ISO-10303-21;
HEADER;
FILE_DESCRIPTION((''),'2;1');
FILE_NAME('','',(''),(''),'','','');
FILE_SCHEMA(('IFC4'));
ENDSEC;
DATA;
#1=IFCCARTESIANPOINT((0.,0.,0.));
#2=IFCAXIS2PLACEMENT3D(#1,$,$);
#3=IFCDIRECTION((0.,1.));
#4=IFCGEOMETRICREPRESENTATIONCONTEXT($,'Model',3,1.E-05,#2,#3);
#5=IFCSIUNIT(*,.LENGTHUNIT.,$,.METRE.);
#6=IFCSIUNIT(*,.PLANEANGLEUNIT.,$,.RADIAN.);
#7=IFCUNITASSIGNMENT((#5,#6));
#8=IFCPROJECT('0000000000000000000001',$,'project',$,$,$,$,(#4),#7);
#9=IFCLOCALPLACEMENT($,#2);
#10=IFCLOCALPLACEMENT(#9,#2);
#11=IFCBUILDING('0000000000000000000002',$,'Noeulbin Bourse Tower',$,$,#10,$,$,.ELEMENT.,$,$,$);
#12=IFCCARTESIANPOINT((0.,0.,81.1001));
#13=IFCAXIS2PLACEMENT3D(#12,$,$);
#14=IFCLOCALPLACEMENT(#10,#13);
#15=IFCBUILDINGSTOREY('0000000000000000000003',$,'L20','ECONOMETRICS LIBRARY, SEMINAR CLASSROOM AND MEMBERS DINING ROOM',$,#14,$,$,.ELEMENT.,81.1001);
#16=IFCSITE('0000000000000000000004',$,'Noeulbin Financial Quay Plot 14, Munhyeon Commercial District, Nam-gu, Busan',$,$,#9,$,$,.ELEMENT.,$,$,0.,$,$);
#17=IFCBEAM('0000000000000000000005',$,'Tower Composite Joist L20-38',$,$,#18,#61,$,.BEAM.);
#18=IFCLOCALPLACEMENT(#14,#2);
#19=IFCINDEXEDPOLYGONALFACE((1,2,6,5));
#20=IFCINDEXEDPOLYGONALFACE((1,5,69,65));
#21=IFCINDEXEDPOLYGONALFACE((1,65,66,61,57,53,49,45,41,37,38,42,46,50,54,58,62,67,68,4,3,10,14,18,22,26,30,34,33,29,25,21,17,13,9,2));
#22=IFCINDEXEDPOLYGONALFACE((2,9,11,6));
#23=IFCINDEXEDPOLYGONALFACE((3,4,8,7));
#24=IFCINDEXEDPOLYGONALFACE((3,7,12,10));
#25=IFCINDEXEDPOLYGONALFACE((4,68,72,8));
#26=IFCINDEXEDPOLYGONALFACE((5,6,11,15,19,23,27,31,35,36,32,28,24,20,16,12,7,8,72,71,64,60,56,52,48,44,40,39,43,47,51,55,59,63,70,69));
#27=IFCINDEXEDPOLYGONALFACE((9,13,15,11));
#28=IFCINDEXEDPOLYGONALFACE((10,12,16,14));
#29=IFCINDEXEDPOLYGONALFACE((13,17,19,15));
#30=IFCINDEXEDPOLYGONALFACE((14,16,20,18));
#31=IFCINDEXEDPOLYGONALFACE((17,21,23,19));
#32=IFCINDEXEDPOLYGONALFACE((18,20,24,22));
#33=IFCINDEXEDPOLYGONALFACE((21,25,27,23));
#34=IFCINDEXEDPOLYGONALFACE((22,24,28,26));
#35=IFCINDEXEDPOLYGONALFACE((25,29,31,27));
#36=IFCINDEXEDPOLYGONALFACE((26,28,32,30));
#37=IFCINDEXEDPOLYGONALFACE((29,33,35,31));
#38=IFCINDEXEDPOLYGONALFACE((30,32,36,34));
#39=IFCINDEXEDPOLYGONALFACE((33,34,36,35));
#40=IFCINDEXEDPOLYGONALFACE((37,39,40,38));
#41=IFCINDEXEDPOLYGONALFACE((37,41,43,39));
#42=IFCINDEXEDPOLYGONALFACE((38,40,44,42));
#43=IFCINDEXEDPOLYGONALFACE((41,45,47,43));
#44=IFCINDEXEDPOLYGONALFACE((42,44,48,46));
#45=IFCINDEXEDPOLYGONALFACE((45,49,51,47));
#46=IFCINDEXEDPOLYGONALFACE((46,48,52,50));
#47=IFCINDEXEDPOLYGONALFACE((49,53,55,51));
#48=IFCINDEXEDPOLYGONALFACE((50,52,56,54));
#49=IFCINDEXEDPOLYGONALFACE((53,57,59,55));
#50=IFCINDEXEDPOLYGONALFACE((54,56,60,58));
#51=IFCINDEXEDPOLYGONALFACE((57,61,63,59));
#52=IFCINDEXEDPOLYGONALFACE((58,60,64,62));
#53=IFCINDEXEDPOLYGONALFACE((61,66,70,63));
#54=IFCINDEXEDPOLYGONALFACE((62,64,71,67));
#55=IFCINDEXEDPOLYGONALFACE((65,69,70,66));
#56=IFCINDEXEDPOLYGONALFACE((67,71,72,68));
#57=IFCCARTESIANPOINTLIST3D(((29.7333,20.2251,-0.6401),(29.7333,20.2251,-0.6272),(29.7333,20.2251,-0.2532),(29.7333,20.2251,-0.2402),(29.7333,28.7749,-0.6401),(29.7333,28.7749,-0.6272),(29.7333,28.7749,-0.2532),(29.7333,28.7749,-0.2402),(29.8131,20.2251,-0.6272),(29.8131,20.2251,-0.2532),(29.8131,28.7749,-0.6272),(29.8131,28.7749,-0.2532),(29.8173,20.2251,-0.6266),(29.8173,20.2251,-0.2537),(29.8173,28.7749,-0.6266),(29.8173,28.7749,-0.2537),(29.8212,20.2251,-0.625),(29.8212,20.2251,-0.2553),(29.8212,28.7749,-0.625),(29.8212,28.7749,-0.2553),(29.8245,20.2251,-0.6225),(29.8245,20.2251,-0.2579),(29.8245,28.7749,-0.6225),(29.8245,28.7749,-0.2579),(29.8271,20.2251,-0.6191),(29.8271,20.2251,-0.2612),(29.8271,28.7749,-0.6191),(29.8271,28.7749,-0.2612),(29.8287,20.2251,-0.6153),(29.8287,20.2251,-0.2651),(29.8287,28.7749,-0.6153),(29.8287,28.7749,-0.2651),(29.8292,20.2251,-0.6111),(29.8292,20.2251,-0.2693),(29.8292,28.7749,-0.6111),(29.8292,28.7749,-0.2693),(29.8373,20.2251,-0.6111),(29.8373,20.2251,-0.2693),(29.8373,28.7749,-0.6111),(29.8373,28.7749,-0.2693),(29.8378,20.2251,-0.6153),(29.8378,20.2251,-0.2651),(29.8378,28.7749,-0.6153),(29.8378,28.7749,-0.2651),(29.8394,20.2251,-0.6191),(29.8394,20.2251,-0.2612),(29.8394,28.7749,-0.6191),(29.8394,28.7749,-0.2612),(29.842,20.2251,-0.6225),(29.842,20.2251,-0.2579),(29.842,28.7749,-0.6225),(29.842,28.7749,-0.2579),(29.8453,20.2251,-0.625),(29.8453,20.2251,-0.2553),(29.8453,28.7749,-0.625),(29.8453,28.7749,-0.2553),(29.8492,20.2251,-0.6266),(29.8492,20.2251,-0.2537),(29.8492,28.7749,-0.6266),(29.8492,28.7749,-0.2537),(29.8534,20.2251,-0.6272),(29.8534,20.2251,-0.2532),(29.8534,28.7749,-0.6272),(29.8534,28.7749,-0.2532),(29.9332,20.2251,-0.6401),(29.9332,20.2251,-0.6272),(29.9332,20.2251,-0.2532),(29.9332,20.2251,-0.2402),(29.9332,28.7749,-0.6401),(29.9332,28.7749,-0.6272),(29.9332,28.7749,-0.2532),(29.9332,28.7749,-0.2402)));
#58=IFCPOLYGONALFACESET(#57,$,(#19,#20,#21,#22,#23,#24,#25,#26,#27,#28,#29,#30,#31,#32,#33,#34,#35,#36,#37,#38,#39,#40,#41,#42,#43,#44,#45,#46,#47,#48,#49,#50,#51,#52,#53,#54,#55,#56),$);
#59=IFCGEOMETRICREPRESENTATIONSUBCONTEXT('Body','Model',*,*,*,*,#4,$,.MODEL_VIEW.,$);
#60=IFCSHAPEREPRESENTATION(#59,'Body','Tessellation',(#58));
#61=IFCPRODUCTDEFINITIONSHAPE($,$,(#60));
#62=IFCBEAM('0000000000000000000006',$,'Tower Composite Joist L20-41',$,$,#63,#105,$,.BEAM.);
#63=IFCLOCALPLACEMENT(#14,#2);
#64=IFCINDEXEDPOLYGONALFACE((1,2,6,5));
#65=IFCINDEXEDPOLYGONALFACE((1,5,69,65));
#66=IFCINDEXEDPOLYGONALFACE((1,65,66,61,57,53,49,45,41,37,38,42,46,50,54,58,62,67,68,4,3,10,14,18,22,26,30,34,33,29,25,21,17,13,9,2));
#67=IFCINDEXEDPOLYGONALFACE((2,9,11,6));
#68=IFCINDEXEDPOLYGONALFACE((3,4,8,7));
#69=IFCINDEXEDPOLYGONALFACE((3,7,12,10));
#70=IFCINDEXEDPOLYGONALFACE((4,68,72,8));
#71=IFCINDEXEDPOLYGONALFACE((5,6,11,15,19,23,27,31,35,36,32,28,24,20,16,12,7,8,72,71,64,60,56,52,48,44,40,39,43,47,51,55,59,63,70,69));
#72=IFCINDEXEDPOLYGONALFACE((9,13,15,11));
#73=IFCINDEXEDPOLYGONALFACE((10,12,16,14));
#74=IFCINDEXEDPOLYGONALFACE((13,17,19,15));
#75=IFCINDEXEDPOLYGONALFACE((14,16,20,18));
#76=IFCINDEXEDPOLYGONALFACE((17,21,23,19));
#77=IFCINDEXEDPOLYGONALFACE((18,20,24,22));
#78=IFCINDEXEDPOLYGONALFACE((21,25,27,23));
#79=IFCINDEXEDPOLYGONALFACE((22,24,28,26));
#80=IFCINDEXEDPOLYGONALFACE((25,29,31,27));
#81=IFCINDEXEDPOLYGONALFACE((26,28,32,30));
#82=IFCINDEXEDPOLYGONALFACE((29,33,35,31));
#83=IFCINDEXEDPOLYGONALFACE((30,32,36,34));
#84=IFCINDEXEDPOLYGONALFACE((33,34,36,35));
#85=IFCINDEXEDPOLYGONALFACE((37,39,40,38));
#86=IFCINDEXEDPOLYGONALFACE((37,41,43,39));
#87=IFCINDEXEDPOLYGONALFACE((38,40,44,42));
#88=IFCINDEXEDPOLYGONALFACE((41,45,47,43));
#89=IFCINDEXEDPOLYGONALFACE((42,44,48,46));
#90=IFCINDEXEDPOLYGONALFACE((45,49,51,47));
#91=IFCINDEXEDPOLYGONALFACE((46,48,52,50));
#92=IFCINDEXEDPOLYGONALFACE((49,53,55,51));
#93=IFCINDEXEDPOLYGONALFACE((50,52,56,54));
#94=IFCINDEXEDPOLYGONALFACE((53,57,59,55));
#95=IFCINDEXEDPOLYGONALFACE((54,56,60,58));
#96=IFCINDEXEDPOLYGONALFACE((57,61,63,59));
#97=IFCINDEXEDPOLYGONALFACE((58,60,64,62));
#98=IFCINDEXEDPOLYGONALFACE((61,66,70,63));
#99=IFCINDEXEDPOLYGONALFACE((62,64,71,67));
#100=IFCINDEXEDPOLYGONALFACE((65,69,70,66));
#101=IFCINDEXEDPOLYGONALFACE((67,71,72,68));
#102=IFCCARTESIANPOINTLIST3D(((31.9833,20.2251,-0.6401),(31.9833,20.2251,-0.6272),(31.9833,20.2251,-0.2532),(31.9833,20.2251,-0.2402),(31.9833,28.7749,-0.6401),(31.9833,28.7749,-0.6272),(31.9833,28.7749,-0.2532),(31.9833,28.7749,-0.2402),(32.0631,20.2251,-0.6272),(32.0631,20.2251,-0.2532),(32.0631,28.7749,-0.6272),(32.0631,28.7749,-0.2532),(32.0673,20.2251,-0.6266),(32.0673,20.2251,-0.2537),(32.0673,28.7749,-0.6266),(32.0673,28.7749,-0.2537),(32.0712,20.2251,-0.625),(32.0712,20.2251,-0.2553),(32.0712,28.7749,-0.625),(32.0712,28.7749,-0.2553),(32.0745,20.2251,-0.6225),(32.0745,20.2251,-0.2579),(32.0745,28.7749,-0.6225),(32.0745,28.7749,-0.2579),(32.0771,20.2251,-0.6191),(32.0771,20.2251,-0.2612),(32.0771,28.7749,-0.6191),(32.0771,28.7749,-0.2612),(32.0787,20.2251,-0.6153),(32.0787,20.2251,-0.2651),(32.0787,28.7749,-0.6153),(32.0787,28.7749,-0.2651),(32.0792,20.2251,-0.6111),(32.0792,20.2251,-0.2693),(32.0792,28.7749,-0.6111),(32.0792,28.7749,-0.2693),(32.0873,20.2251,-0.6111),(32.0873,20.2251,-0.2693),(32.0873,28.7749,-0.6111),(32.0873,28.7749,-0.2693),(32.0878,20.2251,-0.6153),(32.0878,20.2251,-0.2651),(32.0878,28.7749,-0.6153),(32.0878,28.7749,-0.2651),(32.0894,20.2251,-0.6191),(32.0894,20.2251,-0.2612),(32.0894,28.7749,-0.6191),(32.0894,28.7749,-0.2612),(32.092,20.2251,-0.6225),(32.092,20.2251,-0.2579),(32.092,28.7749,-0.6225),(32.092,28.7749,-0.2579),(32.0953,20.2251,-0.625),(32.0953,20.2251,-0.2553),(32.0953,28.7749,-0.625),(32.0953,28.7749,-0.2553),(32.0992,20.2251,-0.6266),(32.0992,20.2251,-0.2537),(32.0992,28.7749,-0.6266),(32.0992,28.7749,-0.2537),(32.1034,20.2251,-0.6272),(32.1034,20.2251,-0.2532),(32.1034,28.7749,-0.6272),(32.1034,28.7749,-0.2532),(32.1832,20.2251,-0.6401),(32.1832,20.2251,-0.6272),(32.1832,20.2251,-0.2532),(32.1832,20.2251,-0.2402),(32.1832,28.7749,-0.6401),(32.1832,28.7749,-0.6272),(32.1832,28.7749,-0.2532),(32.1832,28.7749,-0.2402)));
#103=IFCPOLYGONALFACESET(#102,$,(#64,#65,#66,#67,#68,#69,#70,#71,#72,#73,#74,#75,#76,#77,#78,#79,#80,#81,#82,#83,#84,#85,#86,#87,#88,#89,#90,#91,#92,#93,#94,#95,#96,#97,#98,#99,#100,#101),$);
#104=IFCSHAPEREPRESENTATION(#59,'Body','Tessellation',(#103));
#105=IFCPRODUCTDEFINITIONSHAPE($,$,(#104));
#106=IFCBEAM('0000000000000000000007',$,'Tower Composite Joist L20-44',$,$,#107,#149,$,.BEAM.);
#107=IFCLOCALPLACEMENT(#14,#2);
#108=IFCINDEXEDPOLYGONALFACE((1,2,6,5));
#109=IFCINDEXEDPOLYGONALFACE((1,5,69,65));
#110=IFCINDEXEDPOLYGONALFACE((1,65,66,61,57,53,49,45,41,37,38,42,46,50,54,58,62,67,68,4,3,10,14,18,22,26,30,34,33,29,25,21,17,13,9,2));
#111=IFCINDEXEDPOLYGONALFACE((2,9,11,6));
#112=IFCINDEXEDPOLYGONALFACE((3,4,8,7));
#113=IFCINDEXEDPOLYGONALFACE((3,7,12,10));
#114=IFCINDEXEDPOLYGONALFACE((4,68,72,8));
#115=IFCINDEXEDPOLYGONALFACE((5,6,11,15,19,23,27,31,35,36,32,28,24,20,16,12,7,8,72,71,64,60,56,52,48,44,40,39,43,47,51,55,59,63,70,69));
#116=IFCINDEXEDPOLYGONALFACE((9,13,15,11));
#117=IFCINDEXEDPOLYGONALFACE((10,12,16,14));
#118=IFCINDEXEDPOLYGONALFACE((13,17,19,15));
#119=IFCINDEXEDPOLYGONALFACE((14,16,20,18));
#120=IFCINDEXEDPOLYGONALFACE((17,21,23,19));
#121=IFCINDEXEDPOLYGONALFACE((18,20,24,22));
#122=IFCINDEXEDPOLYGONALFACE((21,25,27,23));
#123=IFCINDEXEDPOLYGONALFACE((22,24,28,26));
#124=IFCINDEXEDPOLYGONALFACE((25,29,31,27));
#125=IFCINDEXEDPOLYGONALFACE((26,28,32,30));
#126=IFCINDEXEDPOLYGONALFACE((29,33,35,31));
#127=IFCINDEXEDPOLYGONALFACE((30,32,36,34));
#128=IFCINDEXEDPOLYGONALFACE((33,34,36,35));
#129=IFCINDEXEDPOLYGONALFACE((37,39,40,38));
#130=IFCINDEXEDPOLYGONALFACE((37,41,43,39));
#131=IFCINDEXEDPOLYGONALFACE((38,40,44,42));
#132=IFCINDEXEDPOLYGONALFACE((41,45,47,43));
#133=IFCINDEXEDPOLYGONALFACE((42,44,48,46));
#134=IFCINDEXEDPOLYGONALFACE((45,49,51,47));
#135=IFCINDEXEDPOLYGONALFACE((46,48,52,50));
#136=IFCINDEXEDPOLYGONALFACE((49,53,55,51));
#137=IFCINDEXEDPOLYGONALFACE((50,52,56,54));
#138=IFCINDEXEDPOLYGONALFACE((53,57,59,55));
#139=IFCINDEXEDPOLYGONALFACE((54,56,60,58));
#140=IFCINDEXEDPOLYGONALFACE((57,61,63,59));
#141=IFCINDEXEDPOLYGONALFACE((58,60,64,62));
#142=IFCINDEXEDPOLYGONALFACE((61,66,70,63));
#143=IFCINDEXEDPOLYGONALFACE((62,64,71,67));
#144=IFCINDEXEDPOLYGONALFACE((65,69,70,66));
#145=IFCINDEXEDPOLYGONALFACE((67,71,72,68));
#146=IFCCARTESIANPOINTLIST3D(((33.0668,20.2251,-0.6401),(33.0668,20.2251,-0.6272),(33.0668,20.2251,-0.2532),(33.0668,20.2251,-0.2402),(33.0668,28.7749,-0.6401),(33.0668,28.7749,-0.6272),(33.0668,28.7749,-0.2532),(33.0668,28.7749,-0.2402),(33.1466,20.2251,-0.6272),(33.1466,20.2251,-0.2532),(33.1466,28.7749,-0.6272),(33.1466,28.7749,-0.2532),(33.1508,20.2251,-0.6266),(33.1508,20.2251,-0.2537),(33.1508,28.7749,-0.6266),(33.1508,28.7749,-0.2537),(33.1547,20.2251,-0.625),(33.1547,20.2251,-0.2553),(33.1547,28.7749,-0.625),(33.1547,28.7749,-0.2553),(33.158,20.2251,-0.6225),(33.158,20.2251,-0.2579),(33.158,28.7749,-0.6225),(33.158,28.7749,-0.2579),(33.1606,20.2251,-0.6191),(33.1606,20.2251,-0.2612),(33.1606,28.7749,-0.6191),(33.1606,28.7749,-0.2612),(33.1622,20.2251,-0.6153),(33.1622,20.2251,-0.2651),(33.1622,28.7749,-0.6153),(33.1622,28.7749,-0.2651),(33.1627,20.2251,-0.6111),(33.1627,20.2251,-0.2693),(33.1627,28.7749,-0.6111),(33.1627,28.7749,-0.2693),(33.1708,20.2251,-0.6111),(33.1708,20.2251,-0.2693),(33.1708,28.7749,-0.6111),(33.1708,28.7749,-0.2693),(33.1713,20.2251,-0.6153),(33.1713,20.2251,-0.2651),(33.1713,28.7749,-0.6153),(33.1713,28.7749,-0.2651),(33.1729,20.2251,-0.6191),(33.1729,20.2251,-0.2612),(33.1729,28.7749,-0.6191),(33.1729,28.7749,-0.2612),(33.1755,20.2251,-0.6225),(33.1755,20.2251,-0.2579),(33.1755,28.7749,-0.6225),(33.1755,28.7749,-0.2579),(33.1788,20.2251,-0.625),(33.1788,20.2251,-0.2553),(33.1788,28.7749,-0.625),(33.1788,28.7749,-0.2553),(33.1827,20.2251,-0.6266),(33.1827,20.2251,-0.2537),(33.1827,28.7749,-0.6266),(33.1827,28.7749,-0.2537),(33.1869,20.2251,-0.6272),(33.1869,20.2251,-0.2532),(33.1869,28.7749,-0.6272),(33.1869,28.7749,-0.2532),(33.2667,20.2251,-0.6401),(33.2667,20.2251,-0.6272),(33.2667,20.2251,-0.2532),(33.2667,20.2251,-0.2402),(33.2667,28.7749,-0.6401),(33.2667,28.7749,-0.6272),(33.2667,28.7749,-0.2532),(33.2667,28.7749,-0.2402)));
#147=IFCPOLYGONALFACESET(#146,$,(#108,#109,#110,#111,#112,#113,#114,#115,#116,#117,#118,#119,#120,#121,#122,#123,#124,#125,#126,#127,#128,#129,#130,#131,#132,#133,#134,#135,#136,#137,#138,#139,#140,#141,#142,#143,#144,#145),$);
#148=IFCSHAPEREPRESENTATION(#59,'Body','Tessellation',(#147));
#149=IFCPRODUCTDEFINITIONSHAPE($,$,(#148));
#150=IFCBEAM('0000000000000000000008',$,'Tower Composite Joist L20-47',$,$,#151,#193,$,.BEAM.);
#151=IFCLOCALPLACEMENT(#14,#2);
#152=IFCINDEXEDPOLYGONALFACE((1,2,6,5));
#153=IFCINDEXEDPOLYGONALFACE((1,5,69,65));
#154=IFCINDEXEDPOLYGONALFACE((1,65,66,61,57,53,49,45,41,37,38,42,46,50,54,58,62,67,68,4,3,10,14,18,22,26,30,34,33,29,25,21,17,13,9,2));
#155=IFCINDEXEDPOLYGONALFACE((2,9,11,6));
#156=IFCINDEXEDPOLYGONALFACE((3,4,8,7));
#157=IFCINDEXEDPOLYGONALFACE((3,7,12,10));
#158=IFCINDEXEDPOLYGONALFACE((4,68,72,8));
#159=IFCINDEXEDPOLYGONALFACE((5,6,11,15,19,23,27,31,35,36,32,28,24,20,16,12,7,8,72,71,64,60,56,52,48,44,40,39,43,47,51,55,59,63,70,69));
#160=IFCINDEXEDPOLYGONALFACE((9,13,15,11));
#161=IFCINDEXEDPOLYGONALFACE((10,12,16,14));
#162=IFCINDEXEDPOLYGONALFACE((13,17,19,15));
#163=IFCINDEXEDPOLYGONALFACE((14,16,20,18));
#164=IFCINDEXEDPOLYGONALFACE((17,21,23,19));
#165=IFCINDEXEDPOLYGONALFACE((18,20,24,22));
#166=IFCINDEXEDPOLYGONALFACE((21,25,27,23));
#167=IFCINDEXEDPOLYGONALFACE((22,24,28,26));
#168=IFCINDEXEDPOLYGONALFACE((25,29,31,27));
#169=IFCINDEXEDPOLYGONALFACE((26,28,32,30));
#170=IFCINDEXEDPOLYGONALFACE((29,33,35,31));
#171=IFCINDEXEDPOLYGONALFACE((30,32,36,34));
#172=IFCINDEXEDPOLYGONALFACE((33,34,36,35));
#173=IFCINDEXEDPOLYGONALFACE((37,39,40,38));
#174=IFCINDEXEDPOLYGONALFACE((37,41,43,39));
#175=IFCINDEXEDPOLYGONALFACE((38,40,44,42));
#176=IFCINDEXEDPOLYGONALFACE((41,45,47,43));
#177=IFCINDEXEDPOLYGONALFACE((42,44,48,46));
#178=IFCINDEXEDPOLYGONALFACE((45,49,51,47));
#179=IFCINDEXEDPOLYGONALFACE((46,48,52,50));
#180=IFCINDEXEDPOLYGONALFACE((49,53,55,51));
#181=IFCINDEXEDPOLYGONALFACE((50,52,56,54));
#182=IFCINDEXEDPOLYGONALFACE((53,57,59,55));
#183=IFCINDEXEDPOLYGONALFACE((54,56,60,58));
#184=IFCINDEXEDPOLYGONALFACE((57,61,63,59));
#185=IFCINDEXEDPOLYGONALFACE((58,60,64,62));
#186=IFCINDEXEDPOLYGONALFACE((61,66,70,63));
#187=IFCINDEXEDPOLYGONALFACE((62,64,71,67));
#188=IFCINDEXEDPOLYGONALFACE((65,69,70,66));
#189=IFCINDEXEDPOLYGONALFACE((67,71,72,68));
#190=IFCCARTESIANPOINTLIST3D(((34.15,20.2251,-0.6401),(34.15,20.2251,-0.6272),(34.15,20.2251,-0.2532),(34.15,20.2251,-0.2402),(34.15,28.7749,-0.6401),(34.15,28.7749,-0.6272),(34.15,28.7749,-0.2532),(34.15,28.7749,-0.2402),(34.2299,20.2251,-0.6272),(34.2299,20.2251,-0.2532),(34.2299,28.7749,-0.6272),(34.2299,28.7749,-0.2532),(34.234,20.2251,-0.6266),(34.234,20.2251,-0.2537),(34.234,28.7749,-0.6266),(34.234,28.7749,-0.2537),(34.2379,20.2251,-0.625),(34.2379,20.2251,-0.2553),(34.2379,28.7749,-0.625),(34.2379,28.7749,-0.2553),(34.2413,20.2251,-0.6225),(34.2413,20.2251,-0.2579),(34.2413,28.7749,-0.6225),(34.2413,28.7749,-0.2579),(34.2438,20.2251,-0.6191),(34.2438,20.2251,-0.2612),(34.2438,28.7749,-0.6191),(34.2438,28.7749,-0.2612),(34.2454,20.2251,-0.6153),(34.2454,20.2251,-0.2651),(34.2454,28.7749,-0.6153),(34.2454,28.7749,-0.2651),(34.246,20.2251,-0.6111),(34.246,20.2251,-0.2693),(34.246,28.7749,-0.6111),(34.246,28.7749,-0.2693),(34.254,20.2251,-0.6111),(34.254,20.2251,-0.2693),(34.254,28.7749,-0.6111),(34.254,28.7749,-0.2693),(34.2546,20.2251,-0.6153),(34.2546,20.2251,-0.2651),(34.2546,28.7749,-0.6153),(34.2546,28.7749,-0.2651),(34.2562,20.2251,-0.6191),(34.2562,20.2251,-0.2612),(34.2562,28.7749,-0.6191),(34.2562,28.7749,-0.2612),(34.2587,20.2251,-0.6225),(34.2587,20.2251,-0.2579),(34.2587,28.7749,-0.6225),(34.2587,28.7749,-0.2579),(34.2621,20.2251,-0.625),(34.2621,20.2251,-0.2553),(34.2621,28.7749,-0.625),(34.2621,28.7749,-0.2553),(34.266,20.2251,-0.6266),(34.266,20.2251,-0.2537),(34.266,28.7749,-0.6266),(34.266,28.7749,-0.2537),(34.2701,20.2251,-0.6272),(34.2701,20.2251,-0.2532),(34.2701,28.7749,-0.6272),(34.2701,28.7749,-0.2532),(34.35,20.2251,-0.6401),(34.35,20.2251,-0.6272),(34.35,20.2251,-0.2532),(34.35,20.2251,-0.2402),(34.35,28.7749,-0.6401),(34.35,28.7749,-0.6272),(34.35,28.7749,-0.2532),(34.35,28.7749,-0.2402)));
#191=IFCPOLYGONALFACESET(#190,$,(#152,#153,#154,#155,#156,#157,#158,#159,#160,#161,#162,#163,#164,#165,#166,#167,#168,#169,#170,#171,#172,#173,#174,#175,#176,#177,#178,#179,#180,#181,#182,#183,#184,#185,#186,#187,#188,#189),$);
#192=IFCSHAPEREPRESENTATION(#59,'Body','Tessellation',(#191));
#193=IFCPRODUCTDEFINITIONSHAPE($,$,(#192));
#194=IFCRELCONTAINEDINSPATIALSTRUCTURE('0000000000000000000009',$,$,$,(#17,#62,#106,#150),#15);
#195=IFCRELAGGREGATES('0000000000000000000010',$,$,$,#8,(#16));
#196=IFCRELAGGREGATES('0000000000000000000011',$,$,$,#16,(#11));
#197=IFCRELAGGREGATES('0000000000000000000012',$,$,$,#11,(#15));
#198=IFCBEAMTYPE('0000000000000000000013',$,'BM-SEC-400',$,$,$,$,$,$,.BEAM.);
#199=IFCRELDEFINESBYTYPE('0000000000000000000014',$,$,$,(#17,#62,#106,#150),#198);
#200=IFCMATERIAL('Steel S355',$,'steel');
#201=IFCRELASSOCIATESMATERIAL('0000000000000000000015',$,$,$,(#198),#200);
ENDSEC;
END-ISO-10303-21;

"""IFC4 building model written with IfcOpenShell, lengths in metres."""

from ifc_helpers import new_model, si_unit, direction, frame, origin, origin_2d, place, context, subcontext, project, spatial, i_section, extrude, material, material_profile, profile_set, type_object, element, save


model = new_model("IFC4")

# Units and contexts
model_context = context("Model", 3, precision=1e-05, world=origin(), true_north=direction((0.0, 1.0)))
body_context = subcontext(model_context, "Body", "Model", "MODEL_VIEW")
ifc_project = project(units=[si_unit("LENGTHUNIT", "METRE"), si_unit("PLANEANGLEUNIT", "RADIAN")], contexts=[model_context])

# Site, building, storey
site_placement = place(None, origin())
site = spatial("IfcSite", under=ifc_project, at=site_placement, Name="Noeulbin Financial Quay Plot 14, Munhyeon Commercial District, Nam-gu, Busan", CompositionType="ELEMENT", RefElevation=0.0)
building_placement = place(site_placement, origin())
building = spatial("IfcBuilding", under=site, at=building_placement, Name="Noeulbin Bourse Tower", CompositionType="ELEMENT")
storey_placement = place(building_placement, frame((0.0, 0.0, 81.1001)))
storey = spatial("IfcBuildingStorey", under=building, at=storey_placement, Name="L20", Description="ECONOMETRICS LIBRARY, SEMINAR CLASSROOM AND MEMBERS DINING ROOM", CompositionType="ELEMENT", Elevation=81.1001)

# Beams
ifc_material_1 = material(Name="Steel S355", Category="steel")
ifc_material_profile_1 = material_profile(ifc_material_1, i_section(OverallWidth=0.2, OverallDepth=0.3999, WebThickness=0.0081, FlangeThickness=0.0129, FilletRadius=0.0161, at=origin_2d()), Name="H-400x200x8x13", Category="LoadBearing")
ifc_profile_set_1 = profile_set([ifc_material_profile_1], Name="Steel S355")
beam_type_1 = type_object("IfcBeamType", Name="BM-SEC-400", PredefinedType="BEAM", material=ifc_profile_set_1)
for number, where, z_axis, x_axis, name in (
    (1, (29.8333, 20.2251, -0.4402), (0.0, 1.0, 0.0), (-1.0, 0.0, 0.0), "Tower Composite Joist L20-38"),
    (2, (32.0833, 20.2251, -0.4402), (0.0, 1.0, 0.0), (-1.0, 0.0, 0.0), "Tower Composite Joist L20-41"),
    (3, (33.1667, 20.2251, -0.4402), (0.0, 1.0, 0.0), (-1.0, 0.0, 0.0), "Tower Composite Joist L20-44"),
    (4, (34.25, 20.2251, -0.4402), (0.0, 1.0, 0.0), (-1.0, 0.0, 0.0), "Tower Composite Joist L20-47"),
):
    element("IfcBeam", number, at=place(storey_placement, frame(where, z_axis=z_axis, x_axis=x_axis)), inside=storey, type_object=beam_type_1, Name=name, PredefinedType="BEAM", context=body_context, shape_type="SweptSolid", body=[
        extrude(i_section(OverallWidth=0.2, OverallDepth=0.3999, WebThickness=0.0081, FlangeThickness=0.0129, FilletRadius=0.0161, at=origin_2d()), origin(), (0.0, 0.0, 1.0), 8.5498),
    ])

save(model, "model.ifc")
